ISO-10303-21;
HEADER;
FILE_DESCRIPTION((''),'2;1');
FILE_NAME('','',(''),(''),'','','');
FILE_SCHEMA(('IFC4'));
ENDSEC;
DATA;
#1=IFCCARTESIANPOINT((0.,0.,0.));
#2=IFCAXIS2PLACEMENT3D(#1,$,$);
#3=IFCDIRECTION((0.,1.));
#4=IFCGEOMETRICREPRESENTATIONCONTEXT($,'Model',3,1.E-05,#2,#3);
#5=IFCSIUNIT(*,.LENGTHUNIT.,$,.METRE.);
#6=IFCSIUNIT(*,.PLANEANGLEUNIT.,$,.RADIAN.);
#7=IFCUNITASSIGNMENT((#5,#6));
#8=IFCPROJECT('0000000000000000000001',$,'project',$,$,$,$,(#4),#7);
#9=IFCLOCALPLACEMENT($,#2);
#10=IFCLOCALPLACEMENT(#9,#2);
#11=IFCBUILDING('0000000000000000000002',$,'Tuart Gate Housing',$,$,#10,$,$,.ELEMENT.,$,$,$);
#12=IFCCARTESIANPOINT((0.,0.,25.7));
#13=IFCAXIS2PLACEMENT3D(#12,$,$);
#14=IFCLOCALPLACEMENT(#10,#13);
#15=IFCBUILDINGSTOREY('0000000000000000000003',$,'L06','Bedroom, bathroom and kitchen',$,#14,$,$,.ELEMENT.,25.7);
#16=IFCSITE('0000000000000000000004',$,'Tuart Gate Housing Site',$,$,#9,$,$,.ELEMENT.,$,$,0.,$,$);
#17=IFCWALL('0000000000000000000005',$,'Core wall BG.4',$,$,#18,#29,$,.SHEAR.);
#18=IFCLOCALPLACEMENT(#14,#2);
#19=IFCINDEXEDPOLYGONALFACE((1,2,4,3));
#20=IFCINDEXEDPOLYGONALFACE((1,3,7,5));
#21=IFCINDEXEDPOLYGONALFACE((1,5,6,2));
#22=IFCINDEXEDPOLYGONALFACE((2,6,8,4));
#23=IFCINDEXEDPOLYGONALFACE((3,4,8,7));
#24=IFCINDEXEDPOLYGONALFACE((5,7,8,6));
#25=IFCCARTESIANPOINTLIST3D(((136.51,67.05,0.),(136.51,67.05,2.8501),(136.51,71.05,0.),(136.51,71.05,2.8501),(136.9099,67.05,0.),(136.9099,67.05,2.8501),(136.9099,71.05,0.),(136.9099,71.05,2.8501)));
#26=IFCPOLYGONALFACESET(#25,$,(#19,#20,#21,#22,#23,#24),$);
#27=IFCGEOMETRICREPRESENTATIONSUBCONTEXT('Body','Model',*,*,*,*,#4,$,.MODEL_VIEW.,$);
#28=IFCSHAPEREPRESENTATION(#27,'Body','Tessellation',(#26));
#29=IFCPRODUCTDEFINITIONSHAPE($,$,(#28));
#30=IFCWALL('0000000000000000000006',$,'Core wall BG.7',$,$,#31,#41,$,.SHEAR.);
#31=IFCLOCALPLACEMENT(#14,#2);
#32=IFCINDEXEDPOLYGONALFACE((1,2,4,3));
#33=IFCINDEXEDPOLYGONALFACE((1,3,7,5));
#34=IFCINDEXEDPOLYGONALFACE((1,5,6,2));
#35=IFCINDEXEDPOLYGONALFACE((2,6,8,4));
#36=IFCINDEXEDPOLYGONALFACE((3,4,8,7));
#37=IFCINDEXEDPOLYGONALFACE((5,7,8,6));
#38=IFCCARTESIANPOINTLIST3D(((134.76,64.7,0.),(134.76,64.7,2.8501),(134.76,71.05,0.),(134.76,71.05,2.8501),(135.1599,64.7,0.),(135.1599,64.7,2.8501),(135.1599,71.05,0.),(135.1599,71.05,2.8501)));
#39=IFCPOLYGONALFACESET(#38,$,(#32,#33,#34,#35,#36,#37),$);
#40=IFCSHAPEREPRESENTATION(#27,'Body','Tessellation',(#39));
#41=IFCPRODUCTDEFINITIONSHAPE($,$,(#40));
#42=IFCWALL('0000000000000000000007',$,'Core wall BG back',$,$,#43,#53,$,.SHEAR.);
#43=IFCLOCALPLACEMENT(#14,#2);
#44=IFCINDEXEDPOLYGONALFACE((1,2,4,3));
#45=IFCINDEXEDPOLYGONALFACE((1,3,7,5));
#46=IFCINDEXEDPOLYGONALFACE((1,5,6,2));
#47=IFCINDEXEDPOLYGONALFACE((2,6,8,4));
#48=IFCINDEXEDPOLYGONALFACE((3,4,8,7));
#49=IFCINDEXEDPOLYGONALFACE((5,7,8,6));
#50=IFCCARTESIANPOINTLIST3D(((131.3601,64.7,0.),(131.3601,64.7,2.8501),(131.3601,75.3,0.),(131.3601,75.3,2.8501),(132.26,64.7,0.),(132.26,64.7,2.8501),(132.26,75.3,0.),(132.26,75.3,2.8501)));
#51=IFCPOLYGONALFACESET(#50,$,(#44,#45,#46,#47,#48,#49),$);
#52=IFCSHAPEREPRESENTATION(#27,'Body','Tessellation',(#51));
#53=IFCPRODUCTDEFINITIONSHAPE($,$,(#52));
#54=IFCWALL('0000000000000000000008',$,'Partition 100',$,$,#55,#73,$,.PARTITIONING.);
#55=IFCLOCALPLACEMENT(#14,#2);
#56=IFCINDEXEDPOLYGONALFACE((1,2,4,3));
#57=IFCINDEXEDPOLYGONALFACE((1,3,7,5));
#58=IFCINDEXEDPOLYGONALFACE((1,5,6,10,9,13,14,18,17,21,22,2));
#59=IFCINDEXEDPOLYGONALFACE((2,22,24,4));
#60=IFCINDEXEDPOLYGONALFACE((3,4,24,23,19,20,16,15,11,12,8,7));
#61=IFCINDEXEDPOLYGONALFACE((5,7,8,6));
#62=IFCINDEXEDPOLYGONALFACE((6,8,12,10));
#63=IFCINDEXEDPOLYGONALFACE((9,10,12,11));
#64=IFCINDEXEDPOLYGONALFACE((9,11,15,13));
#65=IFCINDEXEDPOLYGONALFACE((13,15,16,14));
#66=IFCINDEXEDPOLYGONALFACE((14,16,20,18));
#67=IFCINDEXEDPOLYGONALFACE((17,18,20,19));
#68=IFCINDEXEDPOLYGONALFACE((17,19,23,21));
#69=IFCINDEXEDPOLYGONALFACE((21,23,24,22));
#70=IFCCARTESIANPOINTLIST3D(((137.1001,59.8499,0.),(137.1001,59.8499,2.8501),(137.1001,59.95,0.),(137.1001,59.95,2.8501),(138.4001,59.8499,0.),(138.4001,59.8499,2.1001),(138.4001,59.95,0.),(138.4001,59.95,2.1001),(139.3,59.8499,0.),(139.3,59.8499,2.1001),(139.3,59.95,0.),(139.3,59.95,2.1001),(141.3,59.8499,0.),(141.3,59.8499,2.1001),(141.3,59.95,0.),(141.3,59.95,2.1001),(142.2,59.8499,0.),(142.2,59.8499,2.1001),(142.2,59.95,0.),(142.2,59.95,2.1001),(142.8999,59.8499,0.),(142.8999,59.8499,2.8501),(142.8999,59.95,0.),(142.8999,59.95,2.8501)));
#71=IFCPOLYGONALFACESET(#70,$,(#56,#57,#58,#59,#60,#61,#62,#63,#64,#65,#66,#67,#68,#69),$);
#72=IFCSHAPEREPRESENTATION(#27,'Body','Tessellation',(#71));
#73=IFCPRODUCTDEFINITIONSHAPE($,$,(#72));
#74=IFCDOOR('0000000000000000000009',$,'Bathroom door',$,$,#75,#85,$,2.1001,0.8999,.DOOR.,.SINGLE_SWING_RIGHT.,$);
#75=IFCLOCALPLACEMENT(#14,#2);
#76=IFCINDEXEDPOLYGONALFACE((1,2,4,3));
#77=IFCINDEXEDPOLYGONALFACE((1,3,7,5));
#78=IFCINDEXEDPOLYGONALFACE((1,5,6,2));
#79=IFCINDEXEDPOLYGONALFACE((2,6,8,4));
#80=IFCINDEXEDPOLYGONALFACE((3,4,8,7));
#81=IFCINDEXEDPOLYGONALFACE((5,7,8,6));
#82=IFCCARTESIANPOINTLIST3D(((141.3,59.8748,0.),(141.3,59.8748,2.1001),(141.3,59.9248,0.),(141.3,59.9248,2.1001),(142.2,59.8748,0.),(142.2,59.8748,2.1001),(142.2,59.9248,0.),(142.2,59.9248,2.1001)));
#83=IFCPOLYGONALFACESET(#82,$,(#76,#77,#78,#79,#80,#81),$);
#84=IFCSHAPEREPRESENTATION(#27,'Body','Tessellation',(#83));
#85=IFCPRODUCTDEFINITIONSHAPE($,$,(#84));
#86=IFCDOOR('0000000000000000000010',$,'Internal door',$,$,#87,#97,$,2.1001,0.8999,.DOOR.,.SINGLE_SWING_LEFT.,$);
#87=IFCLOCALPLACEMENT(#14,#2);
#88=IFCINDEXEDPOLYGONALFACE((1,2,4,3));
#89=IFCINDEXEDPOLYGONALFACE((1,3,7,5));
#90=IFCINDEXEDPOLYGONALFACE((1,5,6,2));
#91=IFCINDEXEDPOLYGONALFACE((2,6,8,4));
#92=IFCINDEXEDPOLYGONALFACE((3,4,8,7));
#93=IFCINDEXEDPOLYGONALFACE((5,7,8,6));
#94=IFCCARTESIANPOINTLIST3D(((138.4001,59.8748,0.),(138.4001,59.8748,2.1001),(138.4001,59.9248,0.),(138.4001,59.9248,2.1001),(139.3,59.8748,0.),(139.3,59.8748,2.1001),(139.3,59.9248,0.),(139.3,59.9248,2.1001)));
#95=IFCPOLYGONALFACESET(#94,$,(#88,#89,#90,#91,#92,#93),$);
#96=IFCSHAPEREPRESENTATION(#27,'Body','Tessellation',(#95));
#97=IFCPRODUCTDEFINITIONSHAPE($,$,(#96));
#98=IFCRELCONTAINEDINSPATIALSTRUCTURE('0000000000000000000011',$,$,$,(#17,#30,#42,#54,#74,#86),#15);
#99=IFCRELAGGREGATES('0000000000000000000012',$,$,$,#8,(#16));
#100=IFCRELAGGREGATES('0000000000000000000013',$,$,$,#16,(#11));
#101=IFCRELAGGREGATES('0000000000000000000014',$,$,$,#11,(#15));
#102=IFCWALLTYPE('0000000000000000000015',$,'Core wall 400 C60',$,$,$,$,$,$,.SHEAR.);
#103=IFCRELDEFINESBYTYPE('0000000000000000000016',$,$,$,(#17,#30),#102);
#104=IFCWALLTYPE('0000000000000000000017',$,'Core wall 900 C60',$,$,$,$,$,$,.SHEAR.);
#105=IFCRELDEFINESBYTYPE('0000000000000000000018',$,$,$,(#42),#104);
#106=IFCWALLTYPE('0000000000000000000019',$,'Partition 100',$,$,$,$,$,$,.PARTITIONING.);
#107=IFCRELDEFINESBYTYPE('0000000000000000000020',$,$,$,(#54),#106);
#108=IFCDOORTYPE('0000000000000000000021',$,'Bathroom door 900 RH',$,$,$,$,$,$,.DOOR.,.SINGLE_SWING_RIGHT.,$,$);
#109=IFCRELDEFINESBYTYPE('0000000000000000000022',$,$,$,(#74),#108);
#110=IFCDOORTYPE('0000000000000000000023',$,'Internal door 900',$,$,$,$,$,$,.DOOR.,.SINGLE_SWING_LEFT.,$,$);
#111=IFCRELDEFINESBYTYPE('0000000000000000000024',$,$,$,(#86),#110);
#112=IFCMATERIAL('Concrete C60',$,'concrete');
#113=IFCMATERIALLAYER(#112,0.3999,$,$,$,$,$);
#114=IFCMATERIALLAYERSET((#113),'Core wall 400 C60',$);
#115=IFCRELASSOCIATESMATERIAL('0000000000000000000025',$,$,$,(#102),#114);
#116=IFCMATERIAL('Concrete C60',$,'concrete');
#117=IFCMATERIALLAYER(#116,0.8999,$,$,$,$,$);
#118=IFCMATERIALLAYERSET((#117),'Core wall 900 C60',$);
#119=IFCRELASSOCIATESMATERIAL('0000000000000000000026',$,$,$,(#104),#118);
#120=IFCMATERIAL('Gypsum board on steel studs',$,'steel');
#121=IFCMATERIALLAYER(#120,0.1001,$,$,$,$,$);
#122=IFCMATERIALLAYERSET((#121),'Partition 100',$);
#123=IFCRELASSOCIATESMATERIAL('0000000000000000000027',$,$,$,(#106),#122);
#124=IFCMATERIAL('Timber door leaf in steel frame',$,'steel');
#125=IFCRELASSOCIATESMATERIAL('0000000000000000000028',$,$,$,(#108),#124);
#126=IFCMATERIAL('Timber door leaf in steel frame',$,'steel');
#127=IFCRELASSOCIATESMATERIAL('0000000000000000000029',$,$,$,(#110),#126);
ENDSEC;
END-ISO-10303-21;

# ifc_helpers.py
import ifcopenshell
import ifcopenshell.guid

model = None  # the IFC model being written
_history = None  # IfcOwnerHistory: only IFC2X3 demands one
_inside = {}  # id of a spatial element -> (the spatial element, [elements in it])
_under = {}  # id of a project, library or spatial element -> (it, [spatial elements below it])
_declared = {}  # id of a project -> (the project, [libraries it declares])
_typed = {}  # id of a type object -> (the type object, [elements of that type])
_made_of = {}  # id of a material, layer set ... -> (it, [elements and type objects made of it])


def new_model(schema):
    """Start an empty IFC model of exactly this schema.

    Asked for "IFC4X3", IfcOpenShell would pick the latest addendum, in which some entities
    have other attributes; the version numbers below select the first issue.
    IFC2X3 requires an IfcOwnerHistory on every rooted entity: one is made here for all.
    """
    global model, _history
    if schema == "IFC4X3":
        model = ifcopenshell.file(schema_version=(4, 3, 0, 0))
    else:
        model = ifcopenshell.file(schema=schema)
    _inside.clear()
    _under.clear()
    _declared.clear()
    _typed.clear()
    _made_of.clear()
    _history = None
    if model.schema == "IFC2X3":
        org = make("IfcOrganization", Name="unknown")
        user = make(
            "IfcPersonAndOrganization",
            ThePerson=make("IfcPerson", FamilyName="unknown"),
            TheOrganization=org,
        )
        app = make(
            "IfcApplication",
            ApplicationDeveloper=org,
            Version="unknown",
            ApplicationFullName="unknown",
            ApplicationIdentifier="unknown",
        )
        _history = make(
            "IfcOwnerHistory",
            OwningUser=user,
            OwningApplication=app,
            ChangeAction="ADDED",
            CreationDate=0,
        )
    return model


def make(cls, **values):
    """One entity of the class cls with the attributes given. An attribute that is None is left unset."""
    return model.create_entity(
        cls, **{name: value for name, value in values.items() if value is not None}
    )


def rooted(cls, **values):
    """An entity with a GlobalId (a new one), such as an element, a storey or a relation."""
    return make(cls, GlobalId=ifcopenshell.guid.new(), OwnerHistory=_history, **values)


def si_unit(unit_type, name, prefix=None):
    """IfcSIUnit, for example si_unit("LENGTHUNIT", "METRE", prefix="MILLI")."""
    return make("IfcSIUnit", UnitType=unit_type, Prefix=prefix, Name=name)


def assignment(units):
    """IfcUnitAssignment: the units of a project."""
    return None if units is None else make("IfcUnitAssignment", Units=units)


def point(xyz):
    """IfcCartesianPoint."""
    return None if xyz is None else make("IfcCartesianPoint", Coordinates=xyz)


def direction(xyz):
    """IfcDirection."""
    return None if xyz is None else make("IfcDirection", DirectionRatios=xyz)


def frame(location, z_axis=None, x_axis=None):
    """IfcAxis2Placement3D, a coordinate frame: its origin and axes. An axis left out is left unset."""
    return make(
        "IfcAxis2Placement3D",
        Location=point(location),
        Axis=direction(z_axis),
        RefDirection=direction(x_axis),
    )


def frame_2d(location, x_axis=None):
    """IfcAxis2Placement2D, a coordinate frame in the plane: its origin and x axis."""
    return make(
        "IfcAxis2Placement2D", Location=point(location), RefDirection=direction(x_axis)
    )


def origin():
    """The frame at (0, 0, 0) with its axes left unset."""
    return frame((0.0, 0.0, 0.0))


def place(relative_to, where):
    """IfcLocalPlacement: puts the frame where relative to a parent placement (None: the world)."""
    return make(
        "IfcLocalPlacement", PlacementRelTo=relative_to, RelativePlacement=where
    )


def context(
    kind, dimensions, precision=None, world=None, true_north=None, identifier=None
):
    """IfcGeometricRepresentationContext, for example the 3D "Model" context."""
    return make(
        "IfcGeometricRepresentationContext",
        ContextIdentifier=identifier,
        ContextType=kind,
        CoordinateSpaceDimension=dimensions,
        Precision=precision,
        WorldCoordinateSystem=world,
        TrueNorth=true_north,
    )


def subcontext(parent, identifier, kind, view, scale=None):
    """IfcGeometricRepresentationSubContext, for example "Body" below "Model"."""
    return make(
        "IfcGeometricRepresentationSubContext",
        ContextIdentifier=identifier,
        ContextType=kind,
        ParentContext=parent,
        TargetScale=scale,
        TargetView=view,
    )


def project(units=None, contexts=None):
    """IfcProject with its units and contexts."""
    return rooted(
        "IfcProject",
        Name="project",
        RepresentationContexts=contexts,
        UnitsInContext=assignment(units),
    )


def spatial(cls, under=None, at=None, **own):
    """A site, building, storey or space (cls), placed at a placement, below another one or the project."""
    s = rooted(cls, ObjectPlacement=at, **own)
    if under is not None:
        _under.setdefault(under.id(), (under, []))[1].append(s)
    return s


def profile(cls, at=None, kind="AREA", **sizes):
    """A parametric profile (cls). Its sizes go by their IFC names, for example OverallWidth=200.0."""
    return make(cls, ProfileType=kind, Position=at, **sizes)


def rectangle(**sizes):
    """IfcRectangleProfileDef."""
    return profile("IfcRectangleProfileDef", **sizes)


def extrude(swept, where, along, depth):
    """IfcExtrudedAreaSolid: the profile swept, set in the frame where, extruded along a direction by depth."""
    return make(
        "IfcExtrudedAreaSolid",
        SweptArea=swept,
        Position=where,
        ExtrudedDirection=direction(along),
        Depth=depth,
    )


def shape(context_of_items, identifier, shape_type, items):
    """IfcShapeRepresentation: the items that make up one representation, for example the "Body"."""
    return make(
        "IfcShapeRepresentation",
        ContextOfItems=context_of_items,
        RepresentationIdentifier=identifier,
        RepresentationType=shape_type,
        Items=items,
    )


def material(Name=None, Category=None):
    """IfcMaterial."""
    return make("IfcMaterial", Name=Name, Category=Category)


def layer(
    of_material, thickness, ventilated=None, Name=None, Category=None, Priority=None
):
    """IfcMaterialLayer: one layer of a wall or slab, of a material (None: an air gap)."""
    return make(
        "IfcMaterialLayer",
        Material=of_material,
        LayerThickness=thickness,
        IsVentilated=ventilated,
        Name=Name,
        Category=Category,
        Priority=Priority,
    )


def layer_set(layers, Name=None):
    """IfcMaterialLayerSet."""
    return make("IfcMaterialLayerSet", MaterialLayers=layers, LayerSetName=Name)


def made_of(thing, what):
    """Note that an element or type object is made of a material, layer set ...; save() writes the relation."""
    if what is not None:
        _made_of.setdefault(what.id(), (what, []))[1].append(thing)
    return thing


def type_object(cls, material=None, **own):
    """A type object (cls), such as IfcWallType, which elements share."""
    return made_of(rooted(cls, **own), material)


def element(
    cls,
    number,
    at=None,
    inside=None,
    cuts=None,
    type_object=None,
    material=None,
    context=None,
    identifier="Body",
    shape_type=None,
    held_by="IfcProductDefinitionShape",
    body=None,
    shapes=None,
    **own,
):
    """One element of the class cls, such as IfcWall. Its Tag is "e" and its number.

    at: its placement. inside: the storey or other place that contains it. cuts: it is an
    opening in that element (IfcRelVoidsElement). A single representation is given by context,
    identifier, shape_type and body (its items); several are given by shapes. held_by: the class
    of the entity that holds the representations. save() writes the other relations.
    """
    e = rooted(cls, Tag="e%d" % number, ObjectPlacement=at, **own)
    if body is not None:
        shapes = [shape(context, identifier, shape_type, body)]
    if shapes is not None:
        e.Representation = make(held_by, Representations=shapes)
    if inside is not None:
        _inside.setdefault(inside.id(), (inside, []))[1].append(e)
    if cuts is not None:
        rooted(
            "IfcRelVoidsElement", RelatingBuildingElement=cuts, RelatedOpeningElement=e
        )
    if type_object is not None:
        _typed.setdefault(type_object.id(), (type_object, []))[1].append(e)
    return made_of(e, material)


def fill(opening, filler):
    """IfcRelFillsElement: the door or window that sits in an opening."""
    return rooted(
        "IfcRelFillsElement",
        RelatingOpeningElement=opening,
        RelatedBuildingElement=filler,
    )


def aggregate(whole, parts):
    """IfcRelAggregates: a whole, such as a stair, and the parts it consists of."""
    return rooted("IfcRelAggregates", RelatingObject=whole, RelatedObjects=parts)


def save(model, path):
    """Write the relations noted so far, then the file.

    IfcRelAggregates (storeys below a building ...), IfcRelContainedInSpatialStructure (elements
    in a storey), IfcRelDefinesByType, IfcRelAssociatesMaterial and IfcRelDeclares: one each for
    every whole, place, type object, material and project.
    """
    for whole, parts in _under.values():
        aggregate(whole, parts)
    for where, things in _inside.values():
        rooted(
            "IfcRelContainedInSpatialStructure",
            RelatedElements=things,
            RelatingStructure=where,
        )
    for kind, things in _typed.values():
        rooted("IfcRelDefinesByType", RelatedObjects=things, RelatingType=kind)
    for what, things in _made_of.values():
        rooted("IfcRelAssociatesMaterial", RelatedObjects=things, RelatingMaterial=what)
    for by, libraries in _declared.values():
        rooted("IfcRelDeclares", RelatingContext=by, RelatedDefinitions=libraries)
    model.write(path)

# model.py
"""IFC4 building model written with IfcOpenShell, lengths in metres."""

from ifc_helpers import new_model, si_unit, direction, frame, frame_2d, origin, place, context, subcontext, project, spatial, rectangle, extrude, material, layer, layer_set, type_object, element, fill, save


model = new_model("IFC4")

# Units and contexts
model_context = context("Model", 3, precision=1e-05, world=origin(), true_north=direction((0.0, 1.0)))
body_context = subcontext(model_context, "Body", "Model", "MODEL_VIEW")
ifc_project = project(units=[si_unit("LENGTHUNIT", "METRE"), si_unit("PLANEANGLEUNIT", "RADIAN")], contexts=[model_context])

# Site, building, storey
site_placement = place(None, origin())
site = spatial("IfcSite", under=ifc_project, at=site_placement, Name="Tuart Gate Housing Site", CompositionType="ELEMENT", RefElevation=0.0)
building_placement = place(site_placement, origin())
building = spatial("IfcBuilding", under=site, at=building_placement, Name="Tuart Gate Housing", CompositionType="ELEMENT")
storey_placement = place(building_placement, frame((0.0, 0.0, 25.7)))
storey = spatial("IfcBuildingStorey", under=building, at=storey_placement, Name="L06", Description="Bedroom, bathroom and kitchen", CompositionType="ELEMENT", Elevation=25.7)

# Walls
ifc_material_1 = material(Name="Concrete C60", Category="concrete")
ifc_layer_1 = layer(ifc_material_1, 0.3999)
ifc_layer_set_1 = layer_set([ifc_layer_1], Name="Core wall 400 C60")
wall_type_1 = type_object("IfcWallType", Name="Core wall 400 C60", PredefinedType="SHEAR", material=ifc_layer_set_1)
wall_1_placement = place(storey_placement, frame((136.71, 67.05, 0.0), z_axis=(0.0, 0.0, 1.0), x_axis=(0.0, 1.0, 0.0)))
element("IfcWall", 1, at=wall_1_placement, inside=storey, type_object=wall_type_1, Name="Core wall BG.4", PredefinedType="SHEAR", context=body_context, shape_type="SweptSolid", body=[
    extrude(rectangle(XDim=4.0, YDim=0.3999, at=frame_2d((2.0, 0.0))), origin(), (0.0, 0.0, 1.0), 2.8501),
])
wall_2_placement = place(storey_placement, frame((134.96, 64.7, 0.0), z_axis=(0.0, 0.0, 1.0), x_axis=(0.0, 1.0, 0.0)))
element("IfcWall", 2, at=wall_2_placement, inside=storey, type_object=wall_type_1, Name="Core wall BG.7", PredefinedType="SHEAR", context=body_context, shape_type="SweptSolid", body=[
    extrude(rectangle(XDim=6.3501, YDim=0.3999, at=frame_2d((3.175, 0.0))), origin(), (0.0, 0.0, 1.0), 2.8501),
])
ifc_material_2 = material(Name="Concrete C60", Category="concrete")
ifc_layer_2 = layer(ifc_material_2, 0.8999)
ifc_layer_set_2 = layer_set([ifc_layer_2], Name="Core wall 900 C60")
wall_type_2 = type_object("IfcWallType", Name="Core wall 900 C60", PredefinedType="SHEAR", material=ifc_layer_set_2)
wall_3_placement = place(storey_placement, frame((131.8101, 64.7, 0.0), z_axis=(0.0, 0.0, 1.0), x_axis=(0.0, 1.0, 0.0)))
element("IfcWall", 3, at=wall_3_placement, inside=storey, type_object=wall_type_2, Name="Core wall BG back", PredefinedType="SHEAR", context=body_context, shape_type="SweptSolid", body=[
    extrude(rectangle(XDim=10.6001, YDim=0.8999, at=frame_2d((5.3, 0.0))), origin(), (0.0, 0.0, 1.0), 2.8501),
])

# Wall, openings, doors
ifc_material_3 = material(Name="Gypsum board on steel studs", Category="steel")
ifc_layer_3 = layer(ifc_material_3, 0.1001)
ifc_layer_set_3 = layer_set([ifc_layer_3], Name="Partition 100")
wall_type_3 = type_object("IfcWallType", Name="Partition 100", PredefinedType="PARTITIONING", material=ifc_layer_set_3)
wall_4_placement = place(storey_placement, frame((137.1001, 59.8999, 0.0), z_axis=(0.0, 0.0, 1.0), x_axis=(1.0, 0.0, 0.0)))
wall_4 = element("IfcWall", 4, at=wall_4_placement, inside=storey, type_object=wall_type_3, Name="Partition 100", PredefinedType="PARTITIONING", context=body_context, shape_type="SweptSolid", body=[
    extrude(rectangle(XDim=5.7998, YDim=0.1001, at=frame_2d((2.8999, 0.0))), origin(), (0.0, 0.0, 1.0), 2.8501),
])
opening_1_placement = place(wall_4_placement, frame((1.3, 0.0, 0.0)))
opening_1 = element("IfcOpeningElement", 5, at=opening_1_placement, cuts=wall_4, PredefinedType="OPENING", context=body_context, shape_type="SweptSolid", body=[
    extrude(rectangle(XDim=0.8999, YDim=2.1001, at=frame_2d((0.45, 1.05))), frame((0.0, 0.0601, 0.0), z_axis=(0.0, -1.0, 0.0), x_axis=(1.0, 0.0, 0.0)), (0.0, 0.0, 1.0), 0.1201),
])
opening_2_placement = place(wall_4_placement, frame((4.2, 0.0, 0.0)))
opening_2 = element("IfcOpeningElement", 6, at=opening_2_placement, cuts=wall_4, PredefinedType="OPENING", context=body_context, shape_type="SweptSolid", body=[
    extrude(rectangle(XDim=0.8999, YDim=2.1001, at=frame_2d((0.45, 1.05))), frame((0.0, 0.0601, 0.0), z_axis=(0.0, -1.0, 0.0), x_axis=(1.0, 0.0, 0.0)), (0.0, 0.0, 1.0), 0.1201),
])
ifc_material_4 = material(Name="Timber door leaf in steel frame", Category="steel")
door_type_1 = type_object("IfcDoorType", Name="Bathroom door 900 RH", OperationType="SINGLE_SWING_RIGHT", PredefinedType="DOOR", material=ifc_material_4)
door_1_placement = place(opening_2_placement, frame((0.8999, 0.0, 0.0), z_axis=(0.0, 0.0, 1.0), x_axis=(-1.0, 0.0, 0.0)))
door_1 = element("IfcDoor", 7, at=door_1_placement, inside=storey, type_object=door_type_1, Name="Bathroom door", OperationType="SINGLE_SWING_RIGHT", OverallHeight=2.1001, OverallWidth=0.8999, PredefinedType="DOOR", context=body_context, shape_type="SweptSolid", body=[
    extrude(rectangle(XDim=0.8999, YDim=2.1001, at=frame_2d((0.45, 1.05))), frame((0.0, 0.0251, 0.0), z_axis=(0.0, -1.0, 0.0), x_axis=(1.0, 0.0, 0.0)), (0.0, 0.0, 1.0), 0.05),
])
fill(opening_2, door_1)
ifc_material_5 = material(Name="Timber door leaf in steel frame", Category="steel")
door_type_2 = type_object("IfcDoorType", Name="Internal door 900", OperationType="SINGLE_SWING_LEFT", PredefinedType="DOOR", material=ifc_material_5)
door_2_placement = place(opening_1_placement, frame((0.8999, 0.0, 0.0), z_axis=(0.0, 0.0, 1.0), x_axis=(-1.0, 0.0, 0.0)))
door_2 = element("IfcDoor", 8, at=door_2_placement, inside=storey, type_object=door_type_2, Name="Internal door", OperationType="SINGLE_SWING_LEFT", OverallHeight=2.1001, OverallWidth=0.8999, PredefinedType="DOOR", context=body_context, shape_type="SweptSolid", body=[
    extrude(rectangle(XDim=0.8999, YDim=2.1001, at=frame_2d((0.45, 1.05))), frame((0.0, 0.0251, 0.0), z_axis=(0.0, -1.0, 0.0), x_axis=(1.0, 0.0, 0.0)), (0.0, 0.0, 1.0), 0.05),
])
fill(opening_1, door_2)

save(model, "model.ifc")
